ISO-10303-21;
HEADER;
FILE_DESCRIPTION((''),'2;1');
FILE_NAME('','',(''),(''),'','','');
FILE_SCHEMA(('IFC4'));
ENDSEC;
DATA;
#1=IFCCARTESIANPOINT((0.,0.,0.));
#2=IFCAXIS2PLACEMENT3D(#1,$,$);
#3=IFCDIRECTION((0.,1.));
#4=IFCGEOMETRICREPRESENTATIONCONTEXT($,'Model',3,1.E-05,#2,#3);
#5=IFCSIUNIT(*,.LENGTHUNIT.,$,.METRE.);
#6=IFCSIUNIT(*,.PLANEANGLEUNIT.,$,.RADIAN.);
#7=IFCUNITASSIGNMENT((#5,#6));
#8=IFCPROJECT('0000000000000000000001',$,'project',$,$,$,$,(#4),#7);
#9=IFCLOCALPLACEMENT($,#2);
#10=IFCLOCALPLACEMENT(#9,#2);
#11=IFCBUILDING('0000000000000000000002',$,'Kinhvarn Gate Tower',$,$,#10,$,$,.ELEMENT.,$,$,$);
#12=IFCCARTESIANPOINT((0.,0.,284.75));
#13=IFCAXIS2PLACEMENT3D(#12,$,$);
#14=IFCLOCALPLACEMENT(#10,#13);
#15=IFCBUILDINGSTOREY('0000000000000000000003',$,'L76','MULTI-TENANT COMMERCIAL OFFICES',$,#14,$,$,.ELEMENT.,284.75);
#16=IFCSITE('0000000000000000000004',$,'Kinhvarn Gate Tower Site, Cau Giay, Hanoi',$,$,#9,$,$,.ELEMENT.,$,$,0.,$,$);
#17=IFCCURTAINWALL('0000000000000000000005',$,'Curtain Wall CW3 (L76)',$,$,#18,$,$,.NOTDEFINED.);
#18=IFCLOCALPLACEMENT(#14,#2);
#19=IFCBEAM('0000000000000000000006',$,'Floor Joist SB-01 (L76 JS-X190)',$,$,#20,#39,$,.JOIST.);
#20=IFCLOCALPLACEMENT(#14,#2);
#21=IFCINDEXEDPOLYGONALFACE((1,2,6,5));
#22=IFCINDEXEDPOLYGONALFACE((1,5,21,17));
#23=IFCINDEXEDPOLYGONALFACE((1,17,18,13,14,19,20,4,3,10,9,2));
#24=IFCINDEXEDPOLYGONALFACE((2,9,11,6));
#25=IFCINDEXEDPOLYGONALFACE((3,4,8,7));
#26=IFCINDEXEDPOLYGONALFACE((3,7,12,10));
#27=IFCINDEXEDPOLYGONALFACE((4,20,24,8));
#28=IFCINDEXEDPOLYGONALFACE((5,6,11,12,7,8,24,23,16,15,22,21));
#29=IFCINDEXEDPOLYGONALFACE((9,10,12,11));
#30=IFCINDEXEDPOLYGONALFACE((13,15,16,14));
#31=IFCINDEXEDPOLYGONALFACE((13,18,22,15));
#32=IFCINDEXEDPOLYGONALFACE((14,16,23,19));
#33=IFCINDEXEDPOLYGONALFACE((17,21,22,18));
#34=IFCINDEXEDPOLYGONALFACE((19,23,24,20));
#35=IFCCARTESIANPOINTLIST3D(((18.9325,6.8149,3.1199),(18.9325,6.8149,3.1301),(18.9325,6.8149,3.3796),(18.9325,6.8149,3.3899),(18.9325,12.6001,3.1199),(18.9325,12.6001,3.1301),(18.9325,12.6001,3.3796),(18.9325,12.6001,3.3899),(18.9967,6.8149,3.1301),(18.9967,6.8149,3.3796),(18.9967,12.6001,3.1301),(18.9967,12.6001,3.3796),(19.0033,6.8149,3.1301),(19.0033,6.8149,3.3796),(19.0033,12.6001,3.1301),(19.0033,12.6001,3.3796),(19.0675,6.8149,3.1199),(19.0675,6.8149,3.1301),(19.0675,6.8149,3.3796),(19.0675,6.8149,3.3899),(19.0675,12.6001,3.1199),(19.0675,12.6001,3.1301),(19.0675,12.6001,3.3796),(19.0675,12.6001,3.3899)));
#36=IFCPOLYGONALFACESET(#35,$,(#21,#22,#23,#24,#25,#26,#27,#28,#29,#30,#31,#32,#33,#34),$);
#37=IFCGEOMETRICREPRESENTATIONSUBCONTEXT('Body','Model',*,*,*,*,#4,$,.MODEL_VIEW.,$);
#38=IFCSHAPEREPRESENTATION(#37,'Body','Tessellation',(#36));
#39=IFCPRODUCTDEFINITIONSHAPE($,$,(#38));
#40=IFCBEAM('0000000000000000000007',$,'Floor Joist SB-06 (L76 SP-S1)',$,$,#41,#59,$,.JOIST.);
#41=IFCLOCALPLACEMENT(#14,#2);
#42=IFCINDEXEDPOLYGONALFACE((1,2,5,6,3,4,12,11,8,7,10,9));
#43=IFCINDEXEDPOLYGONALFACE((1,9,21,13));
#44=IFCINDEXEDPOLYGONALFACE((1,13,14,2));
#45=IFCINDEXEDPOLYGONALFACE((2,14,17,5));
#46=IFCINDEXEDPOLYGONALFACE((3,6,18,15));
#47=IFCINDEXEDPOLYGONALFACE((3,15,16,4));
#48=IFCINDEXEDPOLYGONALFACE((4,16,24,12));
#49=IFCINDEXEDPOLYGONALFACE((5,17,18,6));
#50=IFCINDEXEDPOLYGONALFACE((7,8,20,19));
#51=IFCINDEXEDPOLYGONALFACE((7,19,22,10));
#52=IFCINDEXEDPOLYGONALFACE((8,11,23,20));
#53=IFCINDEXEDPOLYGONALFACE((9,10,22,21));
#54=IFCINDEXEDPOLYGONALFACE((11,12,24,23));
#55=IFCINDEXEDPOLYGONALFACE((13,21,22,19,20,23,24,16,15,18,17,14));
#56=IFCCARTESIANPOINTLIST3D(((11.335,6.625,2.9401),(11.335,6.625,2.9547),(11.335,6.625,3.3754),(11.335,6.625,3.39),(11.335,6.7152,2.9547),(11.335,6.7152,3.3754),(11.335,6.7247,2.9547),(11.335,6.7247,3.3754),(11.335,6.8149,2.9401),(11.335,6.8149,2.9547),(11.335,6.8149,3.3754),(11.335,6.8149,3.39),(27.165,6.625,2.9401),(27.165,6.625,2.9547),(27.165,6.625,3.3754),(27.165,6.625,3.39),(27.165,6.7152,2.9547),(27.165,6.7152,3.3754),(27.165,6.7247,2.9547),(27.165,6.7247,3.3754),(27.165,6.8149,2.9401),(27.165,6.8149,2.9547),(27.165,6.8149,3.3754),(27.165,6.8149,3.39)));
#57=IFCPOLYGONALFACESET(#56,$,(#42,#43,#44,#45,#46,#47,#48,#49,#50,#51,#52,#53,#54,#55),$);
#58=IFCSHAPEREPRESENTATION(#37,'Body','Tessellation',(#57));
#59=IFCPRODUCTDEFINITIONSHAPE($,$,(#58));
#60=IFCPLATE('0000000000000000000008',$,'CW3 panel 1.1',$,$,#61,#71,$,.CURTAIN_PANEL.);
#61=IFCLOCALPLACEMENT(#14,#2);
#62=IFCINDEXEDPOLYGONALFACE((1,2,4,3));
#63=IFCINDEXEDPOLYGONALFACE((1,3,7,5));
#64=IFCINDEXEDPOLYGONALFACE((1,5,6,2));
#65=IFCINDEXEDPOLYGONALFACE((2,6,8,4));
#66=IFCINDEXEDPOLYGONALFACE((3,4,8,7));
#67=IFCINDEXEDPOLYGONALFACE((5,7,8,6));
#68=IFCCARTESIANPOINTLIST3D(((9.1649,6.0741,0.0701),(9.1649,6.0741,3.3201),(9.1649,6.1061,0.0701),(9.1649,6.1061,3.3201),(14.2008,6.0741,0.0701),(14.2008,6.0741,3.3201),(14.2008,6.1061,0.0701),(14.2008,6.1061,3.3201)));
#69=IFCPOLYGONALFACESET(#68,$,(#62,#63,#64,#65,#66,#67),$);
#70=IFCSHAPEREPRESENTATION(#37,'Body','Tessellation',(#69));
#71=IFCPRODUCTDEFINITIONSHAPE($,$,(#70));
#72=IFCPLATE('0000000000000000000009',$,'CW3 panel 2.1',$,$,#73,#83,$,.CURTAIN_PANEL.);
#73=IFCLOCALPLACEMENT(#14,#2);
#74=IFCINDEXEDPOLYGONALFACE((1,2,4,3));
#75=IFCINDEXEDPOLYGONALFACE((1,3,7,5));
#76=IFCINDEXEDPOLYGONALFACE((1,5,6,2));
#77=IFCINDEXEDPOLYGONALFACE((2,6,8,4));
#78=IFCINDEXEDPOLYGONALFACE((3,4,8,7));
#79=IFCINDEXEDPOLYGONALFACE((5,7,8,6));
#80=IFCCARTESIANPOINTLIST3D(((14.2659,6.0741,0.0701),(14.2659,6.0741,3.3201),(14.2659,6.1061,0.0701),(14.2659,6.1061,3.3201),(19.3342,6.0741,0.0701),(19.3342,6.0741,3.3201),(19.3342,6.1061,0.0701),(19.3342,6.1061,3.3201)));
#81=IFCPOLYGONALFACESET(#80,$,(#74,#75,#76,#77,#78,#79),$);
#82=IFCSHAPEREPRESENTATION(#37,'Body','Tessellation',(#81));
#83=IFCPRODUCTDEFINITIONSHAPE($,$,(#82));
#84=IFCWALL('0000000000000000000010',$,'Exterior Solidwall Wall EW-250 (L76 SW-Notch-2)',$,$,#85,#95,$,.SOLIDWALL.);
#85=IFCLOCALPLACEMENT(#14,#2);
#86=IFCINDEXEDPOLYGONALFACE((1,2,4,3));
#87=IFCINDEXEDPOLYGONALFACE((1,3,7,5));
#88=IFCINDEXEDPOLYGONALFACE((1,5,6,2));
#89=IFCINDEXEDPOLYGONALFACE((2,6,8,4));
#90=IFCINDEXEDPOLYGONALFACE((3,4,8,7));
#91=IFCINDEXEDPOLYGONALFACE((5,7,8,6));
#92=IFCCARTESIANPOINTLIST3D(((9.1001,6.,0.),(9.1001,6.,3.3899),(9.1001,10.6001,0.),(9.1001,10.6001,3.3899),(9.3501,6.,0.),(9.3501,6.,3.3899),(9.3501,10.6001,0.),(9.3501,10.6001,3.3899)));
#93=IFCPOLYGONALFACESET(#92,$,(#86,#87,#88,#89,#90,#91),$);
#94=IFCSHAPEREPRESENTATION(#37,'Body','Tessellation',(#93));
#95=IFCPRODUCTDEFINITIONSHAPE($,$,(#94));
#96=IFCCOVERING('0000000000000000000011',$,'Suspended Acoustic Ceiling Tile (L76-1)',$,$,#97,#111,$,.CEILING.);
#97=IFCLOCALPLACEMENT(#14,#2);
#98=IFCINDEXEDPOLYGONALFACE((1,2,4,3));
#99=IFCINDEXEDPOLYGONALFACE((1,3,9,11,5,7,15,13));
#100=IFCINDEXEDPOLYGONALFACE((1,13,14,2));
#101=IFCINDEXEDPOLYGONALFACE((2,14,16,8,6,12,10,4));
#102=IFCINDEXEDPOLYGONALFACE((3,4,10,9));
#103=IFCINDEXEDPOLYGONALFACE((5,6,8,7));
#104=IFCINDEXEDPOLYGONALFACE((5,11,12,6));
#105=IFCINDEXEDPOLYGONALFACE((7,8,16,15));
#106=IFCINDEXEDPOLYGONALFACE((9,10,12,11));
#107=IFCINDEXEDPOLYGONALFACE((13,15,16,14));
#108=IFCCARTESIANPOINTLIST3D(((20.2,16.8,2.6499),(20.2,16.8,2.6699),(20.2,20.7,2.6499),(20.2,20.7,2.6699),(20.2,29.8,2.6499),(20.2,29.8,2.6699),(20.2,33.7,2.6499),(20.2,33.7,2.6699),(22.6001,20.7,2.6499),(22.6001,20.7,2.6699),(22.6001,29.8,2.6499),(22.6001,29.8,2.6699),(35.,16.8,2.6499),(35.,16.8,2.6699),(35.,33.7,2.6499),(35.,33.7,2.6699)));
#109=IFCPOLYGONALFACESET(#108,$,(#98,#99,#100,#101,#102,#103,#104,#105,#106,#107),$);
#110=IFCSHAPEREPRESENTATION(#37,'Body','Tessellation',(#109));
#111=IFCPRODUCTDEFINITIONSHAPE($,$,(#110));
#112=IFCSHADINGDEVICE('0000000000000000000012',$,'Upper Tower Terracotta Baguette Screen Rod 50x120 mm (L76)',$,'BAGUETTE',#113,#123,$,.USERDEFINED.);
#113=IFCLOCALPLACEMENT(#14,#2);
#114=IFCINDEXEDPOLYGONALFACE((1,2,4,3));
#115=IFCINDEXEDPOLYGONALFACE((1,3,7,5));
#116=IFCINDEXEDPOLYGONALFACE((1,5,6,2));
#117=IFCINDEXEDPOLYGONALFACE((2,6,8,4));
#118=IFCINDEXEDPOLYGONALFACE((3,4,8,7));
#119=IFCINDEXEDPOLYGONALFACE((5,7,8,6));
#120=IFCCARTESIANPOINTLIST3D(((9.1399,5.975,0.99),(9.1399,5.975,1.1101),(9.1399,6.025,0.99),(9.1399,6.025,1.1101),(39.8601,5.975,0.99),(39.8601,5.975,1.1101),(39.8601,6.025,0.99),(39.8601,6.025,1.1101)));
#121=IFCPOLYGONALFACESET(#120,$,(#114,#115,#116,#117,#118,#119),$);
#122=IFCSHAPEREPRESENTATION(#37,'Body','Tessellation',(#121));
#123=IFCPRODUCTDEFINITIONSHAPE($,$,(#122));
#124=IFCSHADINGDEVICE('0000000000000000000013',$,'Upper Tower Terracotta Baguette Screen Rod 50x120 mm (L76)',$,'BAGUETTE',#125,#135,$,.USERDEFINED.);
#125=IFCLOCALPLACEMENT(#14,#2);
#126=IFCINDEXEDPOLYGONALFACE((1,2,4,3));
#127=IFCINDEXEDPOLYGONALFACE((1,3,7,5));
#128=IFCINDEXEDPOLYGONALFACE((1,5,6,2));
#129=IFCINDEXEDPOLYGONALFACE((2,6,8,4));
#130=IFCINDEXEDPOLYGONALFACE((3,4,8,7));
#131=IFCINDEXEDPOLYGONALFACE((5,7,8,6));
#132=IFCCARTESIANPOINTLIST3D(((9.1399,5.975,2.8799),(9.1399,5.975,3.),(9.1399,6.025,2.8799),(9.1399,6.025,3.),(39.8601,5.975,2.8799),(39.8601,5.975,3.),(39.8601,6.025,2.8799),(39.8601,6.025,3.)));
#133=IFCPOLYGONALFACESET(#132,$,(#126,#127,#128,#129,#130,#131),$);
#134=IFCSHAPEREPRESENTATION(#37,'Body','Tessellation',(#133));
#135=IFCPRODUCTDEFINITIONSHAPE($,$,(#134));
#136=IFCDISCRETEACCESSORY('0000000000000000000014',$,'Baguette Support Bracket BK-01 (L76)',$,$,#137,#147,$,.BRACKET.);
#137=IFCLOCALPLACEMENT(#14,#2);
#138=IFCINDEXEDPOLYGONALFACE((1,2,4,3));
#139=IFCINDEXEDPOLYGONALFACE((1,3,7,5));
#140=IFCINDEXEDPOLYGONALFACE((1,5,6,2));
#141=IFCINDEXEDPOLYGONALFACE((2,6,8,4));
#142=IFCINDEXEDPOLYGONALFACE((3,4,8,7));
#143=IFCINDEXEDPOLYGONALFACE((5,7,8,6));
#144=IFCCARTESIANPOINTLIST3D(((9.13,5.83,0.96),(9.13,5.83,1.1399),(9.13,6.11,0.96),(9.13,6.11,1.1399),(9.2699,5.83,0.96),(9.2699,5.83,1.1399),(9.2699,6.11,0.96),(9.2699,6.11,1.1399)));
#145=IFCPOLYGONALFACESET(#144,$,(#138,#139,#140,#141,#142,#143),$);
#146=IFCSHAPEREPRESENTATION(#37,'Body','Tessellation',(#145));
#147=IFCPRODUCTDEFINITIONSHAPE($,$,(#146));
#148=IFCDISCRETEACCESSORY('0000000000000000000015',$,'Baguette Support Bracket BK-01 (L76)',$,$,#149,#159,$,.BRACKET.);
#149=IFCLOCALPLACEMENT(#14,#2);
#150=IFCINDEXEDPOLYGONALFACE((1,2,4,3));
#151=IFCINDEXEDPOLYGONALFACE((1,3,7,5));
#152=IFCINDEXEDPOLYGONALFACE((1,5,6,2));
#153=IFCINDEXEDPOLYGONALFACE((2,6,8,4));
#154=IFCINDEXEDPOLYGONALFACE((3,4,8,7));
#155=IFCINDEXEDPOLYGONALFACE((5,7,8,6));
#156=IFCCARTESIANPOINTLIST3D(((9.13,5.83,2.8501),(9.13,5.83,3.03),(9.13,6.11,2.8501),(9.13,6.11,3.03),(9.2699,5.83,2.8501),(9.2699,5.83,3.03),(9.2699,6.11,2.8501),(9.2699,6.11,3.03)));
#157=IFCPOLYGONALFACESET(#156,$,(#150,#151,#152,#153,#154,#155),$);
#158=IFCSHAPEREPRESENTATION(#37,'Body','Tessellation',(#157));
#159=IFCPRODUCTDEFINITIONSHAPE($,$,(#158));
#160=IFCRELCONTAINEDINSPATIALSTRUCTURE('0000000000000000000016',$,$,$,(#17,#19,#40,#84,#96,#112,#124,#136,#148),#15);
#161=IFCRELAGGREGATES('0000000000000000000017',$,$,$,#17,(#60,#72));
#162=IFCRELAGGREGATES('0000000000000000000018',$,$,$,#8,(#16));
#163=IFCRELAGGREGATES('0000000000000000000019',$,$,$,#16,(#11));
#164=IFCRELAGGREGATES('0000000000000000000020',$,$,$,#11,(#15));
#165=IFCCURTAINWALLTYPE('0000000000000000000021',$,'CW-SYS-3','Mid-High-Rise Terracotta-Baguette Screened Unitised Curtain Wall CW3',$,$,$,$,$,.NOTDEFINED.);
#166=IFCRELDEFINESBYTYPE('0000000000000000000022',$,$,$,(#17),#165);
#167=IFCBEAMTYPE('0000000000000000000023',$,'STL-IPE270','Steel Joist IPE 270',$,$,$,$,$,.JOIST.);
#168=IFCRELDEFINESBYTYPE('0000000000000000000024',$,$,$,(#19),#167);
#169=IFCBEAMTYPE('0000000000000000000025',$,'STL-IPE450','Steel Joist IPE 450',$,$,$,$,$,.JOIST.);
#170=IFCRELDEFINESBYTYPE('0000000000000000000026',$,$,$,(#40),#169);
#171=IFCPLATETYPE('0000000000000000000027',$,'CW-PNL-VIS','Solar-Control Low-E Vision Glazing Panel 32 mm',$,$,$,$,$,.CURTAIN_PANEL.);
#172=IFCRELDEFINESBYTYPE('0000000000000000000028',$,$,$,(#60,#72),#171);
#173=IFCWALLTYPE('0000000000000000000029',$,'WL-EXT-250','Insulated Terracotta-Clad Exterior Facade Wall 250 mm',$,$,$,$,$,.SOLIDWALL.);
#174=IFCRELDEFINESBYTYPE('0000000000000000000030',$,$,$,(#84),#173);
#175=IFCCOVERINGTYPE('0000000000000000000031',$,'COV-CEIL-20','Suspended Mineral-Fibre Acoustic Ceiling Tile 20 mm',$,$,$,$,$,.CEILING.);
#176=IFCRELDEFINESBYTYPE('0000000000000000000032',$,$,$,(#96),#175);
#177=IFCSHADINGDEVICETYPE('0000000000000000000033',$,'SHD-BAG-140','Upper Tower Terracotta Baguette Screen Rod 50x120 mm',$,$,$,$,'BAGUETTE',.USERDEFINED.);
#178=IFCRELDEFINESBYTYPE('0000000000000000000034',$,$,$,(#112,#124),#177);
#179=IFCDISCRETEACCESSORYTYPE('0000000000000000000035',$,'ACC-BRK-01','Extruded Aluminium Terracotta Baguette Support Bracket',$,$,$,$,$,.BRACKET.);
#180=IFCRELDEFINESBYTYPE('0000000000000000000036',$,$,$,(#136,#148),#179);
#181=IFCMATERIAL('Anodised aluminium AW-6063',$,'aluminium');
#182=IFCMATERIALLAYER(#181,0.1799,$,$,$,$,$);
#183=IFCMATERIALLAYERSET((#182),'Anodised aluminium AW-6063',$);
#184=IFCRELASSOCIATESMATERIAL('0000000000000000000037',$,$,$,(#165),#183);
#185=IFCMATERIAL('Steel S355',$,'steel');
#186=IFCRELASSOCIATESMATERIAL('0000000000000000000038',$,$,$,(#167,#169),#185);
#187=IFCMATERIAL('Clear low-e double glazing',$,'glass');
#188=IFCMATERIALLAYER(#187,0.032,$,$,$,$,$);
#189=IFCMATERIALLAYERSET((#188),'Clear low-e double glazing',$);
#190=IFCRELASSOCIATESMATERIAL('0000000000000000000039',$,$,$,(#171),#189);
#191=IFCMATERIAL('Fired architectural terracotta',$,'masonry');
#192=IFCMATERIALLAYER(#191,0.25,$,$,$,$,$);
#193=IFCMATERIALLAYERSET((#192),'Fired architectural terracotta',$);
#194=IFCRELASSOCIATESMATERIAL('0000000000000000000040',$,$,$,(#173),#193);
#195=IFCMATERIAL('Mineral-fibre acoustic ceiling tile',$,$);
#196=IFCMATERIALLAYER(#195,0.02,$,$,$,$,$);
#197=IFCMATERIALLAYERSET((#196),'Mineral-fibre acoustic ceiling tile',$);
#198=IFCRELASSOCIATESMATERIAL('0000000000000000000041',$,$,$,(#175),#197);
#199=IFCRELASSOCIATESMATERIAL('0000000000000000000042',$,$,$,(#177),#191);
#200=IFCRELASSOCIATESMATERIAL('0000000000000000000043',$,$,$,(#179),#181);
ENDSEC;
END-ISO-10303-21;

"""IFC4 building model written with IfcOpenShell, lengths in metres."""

from ifc_helpers import new_model, si_unit, direction, frame, frame_2d, origin, origin_2d, place, context, subcontext, project, spatial, polyline, rectangle, i_section, outline, extrude, material, layer, layer_set, material_profile, profile_set, type_object, element, aggregate, save


model = new_model("IFC4")

# Units and contexts
model_context = context("Model", 3, precision=1e-05, world=origin(), true_north=direction((0.0, 1.0)))
body_context = subcontext(model_context, "Body", "Model", "MODEL_VIEW")
ifc_project = project(units=[si_unit("LENGTHUNIT", "METRE"), si_unit("PLANEANGLEUNIT", "RADIAN")], contexts=[model_context])

# Site, building, storey
site_placement = place(None, origin())
site = spatial("IfcSite", under=ifc_project, at=site_placement, Name="Kinhvarn Gate Tower Site, Cau Giay, Hanoi", CompositionType="ELEMENT", RefElevation=0.0)
building_placement = place(site_placement, origin())
building = spatial("IfcBuilding", under=site, at=building_placement, Name="Kinhvarn Gate Tower", CompositionType="ELEMENT")
storey_placement = place(building_placement, frame((0.0, 0.0, 284.75)))
storey = spatial("IfcBuildingStorey", under=building, at=storey_placement, Name="L76", Description="MULTI-TENANT COMMERCIAL OFFICES", CompositionType="ELEMENT", Elevation=284.75)

# Curtain wall
ifc_material_1 = material(Name="Anodised aluminium AW-6063", Category="aluminium")
ifc_layer_1 = layer(ifc_material_1, 0.1799)
ifc_layer_set_1 = layer_set([ifc_layer_1], Name="Anodised aluminium AW-6063")
curtain_wall_type = type_object("IfcCurtainWallType", Name="CW-SYS-3", Description="Mid-High-Rise Terracotta-Baguette Screened Unitised Curtain Wall CW3", PredefinedType="NOTDEFINED", material=ifc_layer_set_1)
curtain_wall_placement = place(storey_placement, origin())
curtain_wall = element("IfcCurtainWall", 1, at=curtain_wall_placement, inside=storey, type_object=curtain_wall_type, Name="Curtain Wall CW3 (L76)", PredefinedType="NOTDEFINED")

# Beams
ifc_material_2 = material(Name="Steel S355", Category="steel")
ifc_material_profile_1 = material_profile(ifc_material_2, i_section(OverallWidth=0.135, OverallDepth=0.27, WebThickness=0.0066, FlangeThickness=0.0103, at=origin_2d()), Name="IPE 270")
ifc_profile_set_1 = profile_set([ifc_material_profile_1], Name="Steel S355")
beam_type_1 = type_object("IfcBeamType", Name="STL-IPE270", Description="Steel Joist IPE 270", PredefinedType="JOIST", material=ifc_profile_set_1)
for number, where, z_axis, x_axis, name in (
    (2, (19.0, 6.8149, 3.2549), (0.0, 1.0, 0.0), (-1.0, 0.0, 0.0), "Floor Joist SB-01 (L76 JS-X190)"),
):
    element("IfcBeam", number, at=place(storey_placement, frame(where, z_axis=z_axis, x_axis=x_axis)), inside=storey, type_object=beam_type_1, Name=name, PredefinedType="JOIST", context=body_context, shape_type="SweptSolid", body=[
        extrude(i_section(OverallWidth=0.135, OverallDepth=0.27, WebThickness=0.0066, FlangeThickness=0.0103, at=origin_2d()), origin(), (0.0, 0.0, 1.0), 5.7852),
    ])
ifc_material_profile_2 = material_profile(ifc_material_2, i_section(OverallWidth=0.1899, OverallDepth=0.45, WebThickness=0.0095, FlangeThickness=0.0146, at=origin_2d()), Name="IPE 450")
ifc_profile_set_2 = profile_set([ifc_material_profile_2], Name="Steel S355")
beam_type_2 = type_object("IfcBeamType", Name="STL-IPE450", Description="Steel Joist IPE 450", PredefinedType="JOIST", material=ifc_profile_set_2)
beam_1_placement = place(storey_placement, frame((11.335, 6.72, 3.165), z_axis=(1.0, 0.0, 0.0), x_axis=(0.0, 1.0, 0.0)))
element("IfcBeam", 3, at=beam_1_placement, inside=storey, type_object=beam_type_2, Name="Floor Joist SB-06 (L76 SP-S1)", PredefinedType="JOIST", context=body_context, shape_type="SweptSolid", body=[
    extrude(i_section(OverallWidth=0.1899, OverallDepth=0.45, WebThickness=0.0095, FlangeThickness=0.0146, at=origin_2d()), origin(), (0.0, 0.0, 1.0), 15.8301),
])

# Plates
ifc_material_3 = material(Name="Clear low-e double glazing", Category="glass")
ifc_layer_2 = layer(ifc_material_3, 0.032)
ifc_layer_set_2 = layer_set([ifc_layer_2], Name="Clear low-e double glazing")
plate_type = type_object("IfcPlateType", Name="CW-PNL-VIS", Description="Solar-Control Low-E Vision Glazing Panel 32 mm", PredefinedType="CURTAIN_PANEL", material=ifc_layer_set_2)
plate_1_placement = place(storey_placement, frame((11.6829, 6.0901, 0.0701), z_axis=(0.0, 0.0, 1.0), x_axis=(1.0, 0.0, 0.0)))
plate_1 = element("IfcPlate", 4, at=plate_1_placement, type_object=plate_type, Name="CW3 panel 1.1", PredefinedType="CURTAIN_PANEL", context=body_context, shape_type="SweptSolid", body=[
    extrude(rectangle(XDim=5.0359, YDim=0.032, at=origin_2d()), origin(), (0.0, 0.0, 1.0), 3.25),
])
plate_2_placement = place(storey_placement, frame((16.8, 6.0901, 0.0701), z_axis=(0.0, 0.0, 1.0), x_axis=(1.0, 0.0, 0.0)))
plate_2 = element("IfcPlate", 5, at=plate_2_placement, type_object=plate_type, Name="CW3 panel 2.1", PredefinedType="CURTAIN_PANEL", context=body_context, shape_type="SweptSolid", body=[
    extrude(rectangle(XDim=5.0684, YDim=0.032, at=origin_2d()), origin(), (0.0, 0.0, 1.0), 3.25),
])
aggregate(curtain_wall, [plate_1, plate_2])

# Wall
ifc_material_4 = material(Name="Fired architectural terracotta", Category="masonry")
ifc_layer_3 = layer(ifc_material_4, 0.25)
ifc_layer_set_3 = layer_set([ifc_layer_3], Name="Fired architectural terracotta")
wall_type = type_object("IfcWallType", Name="WL-EXT-250", Description="Insulated Terracotta-Clad Exterior Facade Wall 250 mm", PredefinedType="SOLIDWALL", material=ifc_layer_set_3)
wall_placement = place(storey_placement, frame((9.2251, 10.6001, 0.0), z_axis=(0.0, 0.0, 1.0), x_axis=(0.0, -1.0, 0.0)))
element("IfcWall", 6, at=wall_placement, inside=storey, type_object=wall_type, Name="Exterior Solidwall Wall EW-250 (L76 SW-Notch-2)", PredefinedType="SOLIDWALL", context=body_context, shape_type="SweptSolid", body=[
    extrude(rectangle(XDim=4.6001, YDim=0.25, at=frame_2d((2.3, 0.0))), origin(), (0.0, 0.0, 1.0), 3.3899),
])

# Covering
ifc_material_5 = material(Name="Mineral-fibre acoustic ceiling tile")
ifc_layer_4 = layer(ifc_material_5, 0.02)
ifc_layer_set_4 = layer_set([ifc_layer_4], Name="Mineral-fibre acoustic ceiling tile")
covering_type = type_object("IfcCoveringType", Name="COV-CEIL-20", Description="Suspended Mineral-Fibre Acoustic Ceiling Tile 20 mm", PredefinedType="CEILING", material=ifc_layer_set_4)
covering_placement = place(storey_placement, frame((0.0, 0.0, 2.6499)))
element("IfcCovering", 7, at=covering_placement, inside=storey, type_object=covering_type, Name="Suspended Acoustic Ceiling Tile (L76-1)", PredefinedType="CEILING", context=body_context, shape_type="SweptSolid", body=[
    extrude(outline(polyline([(35.0, 33.7), (35.0, 16.8), (20.2, 16.8), (20.2, 20.7), (22.6001, 20.7), (22.6001, 29.8), (20.2, 29.8), (20.2, 33.7), (35.0, 33.7)])), origin(), (0.0, 0.0, 1.0), 0.02),
])

# Shading devices
ifc_material_profile_3 = material_profile(ifc_material_4, rectangle(XDim=0.05, YDim=0.1201, at=origin_2d()), Name="TC 50x120")
ifc_profile_set_3 = profile_set([ifc_material_profile_3], Name="Fired architectural terracotta")
shading_device_type = type_object("IfcShadingDeviceType", Name="SHD-BAG-140", Description="Upper Tower Terracotta Baguette Screen Rod 50x120 mm", ElementType="BAGUETTE", PredefinedType="USERDEFINED", material=ifc_profile_set_3)
for number, where, z_axis, x_axis, name in (
    (8, (9.1399, 6.0, 1.05), (1.0, 0.0, 0.0), (0.0, 1.0, 0.0), "Upper Tower Terracotta Baguette Screen Rod 50x120 mm (L76)"),
    (9, (9.1399, 6.0, 2.9399), (1.0, 0.0, 0.0), (0.0, 1.0, 0.0), "Upper Tower Terracotta Baguette Screen Rod 50x120 mm (L76)"),
):
    element("IfcShadingDevice", number, at=place(storey_placement, frame(where, z_axis=z_axis, x_axis=x_axis)), inside=storey, type_object=shading_device_type, Name=name, ObjectType="BAGUETTE", PredefinedType="USERDEFINED", context=body_context, shape_type="SweptSolid", body=[
        extrude(rectangle(XDim=0.05, YDim=0.1201, at=origin_2d()), origin(), (0.0, 0.0, 1.0), 30.7202),
    ])

# Discrete accessories
discrete_accessory_type = type_object("IfcDiscreteAccessoryType", Name="ACC-BRK-01", Description="Extruded Aluminium Terracotta Baguette Support Bracket", PredefinedType="BRACKET", material=ifc_material_1)
for number, where, z_axis, x_axis, name in (
    (10, (9.2, 5.97, 0.96), (0.0, 0.0, 1.0), (1.0, 0.0, 0.0), "Baguette Support Bracket BK-01 (L76)"),
    (11, (9.2, 5.97, 2.8501), (0.0, 0.0, 1.0), (1.0, 0.0, 0.0), "Baguette Support Bracket BK-01 (L76)"),
):
    element("IfcDiscreteAccessory", number, at=place(storey_placement, frame(where, z_axis=z_axis, x_axis=x_axis)), inside=storey, type_object=discrete_accessory_type, Name=name, PredefinedType="BRACKET", context=body_context, shape_type="SweptSolid", body=[
        extrude(rectangle(XDim=0.1399, YDim=0.28, at=origin_2d()), origin(), (0.0, 0.0, 1.0), 0.1799),
    ])

save(model, "model.ifc")
